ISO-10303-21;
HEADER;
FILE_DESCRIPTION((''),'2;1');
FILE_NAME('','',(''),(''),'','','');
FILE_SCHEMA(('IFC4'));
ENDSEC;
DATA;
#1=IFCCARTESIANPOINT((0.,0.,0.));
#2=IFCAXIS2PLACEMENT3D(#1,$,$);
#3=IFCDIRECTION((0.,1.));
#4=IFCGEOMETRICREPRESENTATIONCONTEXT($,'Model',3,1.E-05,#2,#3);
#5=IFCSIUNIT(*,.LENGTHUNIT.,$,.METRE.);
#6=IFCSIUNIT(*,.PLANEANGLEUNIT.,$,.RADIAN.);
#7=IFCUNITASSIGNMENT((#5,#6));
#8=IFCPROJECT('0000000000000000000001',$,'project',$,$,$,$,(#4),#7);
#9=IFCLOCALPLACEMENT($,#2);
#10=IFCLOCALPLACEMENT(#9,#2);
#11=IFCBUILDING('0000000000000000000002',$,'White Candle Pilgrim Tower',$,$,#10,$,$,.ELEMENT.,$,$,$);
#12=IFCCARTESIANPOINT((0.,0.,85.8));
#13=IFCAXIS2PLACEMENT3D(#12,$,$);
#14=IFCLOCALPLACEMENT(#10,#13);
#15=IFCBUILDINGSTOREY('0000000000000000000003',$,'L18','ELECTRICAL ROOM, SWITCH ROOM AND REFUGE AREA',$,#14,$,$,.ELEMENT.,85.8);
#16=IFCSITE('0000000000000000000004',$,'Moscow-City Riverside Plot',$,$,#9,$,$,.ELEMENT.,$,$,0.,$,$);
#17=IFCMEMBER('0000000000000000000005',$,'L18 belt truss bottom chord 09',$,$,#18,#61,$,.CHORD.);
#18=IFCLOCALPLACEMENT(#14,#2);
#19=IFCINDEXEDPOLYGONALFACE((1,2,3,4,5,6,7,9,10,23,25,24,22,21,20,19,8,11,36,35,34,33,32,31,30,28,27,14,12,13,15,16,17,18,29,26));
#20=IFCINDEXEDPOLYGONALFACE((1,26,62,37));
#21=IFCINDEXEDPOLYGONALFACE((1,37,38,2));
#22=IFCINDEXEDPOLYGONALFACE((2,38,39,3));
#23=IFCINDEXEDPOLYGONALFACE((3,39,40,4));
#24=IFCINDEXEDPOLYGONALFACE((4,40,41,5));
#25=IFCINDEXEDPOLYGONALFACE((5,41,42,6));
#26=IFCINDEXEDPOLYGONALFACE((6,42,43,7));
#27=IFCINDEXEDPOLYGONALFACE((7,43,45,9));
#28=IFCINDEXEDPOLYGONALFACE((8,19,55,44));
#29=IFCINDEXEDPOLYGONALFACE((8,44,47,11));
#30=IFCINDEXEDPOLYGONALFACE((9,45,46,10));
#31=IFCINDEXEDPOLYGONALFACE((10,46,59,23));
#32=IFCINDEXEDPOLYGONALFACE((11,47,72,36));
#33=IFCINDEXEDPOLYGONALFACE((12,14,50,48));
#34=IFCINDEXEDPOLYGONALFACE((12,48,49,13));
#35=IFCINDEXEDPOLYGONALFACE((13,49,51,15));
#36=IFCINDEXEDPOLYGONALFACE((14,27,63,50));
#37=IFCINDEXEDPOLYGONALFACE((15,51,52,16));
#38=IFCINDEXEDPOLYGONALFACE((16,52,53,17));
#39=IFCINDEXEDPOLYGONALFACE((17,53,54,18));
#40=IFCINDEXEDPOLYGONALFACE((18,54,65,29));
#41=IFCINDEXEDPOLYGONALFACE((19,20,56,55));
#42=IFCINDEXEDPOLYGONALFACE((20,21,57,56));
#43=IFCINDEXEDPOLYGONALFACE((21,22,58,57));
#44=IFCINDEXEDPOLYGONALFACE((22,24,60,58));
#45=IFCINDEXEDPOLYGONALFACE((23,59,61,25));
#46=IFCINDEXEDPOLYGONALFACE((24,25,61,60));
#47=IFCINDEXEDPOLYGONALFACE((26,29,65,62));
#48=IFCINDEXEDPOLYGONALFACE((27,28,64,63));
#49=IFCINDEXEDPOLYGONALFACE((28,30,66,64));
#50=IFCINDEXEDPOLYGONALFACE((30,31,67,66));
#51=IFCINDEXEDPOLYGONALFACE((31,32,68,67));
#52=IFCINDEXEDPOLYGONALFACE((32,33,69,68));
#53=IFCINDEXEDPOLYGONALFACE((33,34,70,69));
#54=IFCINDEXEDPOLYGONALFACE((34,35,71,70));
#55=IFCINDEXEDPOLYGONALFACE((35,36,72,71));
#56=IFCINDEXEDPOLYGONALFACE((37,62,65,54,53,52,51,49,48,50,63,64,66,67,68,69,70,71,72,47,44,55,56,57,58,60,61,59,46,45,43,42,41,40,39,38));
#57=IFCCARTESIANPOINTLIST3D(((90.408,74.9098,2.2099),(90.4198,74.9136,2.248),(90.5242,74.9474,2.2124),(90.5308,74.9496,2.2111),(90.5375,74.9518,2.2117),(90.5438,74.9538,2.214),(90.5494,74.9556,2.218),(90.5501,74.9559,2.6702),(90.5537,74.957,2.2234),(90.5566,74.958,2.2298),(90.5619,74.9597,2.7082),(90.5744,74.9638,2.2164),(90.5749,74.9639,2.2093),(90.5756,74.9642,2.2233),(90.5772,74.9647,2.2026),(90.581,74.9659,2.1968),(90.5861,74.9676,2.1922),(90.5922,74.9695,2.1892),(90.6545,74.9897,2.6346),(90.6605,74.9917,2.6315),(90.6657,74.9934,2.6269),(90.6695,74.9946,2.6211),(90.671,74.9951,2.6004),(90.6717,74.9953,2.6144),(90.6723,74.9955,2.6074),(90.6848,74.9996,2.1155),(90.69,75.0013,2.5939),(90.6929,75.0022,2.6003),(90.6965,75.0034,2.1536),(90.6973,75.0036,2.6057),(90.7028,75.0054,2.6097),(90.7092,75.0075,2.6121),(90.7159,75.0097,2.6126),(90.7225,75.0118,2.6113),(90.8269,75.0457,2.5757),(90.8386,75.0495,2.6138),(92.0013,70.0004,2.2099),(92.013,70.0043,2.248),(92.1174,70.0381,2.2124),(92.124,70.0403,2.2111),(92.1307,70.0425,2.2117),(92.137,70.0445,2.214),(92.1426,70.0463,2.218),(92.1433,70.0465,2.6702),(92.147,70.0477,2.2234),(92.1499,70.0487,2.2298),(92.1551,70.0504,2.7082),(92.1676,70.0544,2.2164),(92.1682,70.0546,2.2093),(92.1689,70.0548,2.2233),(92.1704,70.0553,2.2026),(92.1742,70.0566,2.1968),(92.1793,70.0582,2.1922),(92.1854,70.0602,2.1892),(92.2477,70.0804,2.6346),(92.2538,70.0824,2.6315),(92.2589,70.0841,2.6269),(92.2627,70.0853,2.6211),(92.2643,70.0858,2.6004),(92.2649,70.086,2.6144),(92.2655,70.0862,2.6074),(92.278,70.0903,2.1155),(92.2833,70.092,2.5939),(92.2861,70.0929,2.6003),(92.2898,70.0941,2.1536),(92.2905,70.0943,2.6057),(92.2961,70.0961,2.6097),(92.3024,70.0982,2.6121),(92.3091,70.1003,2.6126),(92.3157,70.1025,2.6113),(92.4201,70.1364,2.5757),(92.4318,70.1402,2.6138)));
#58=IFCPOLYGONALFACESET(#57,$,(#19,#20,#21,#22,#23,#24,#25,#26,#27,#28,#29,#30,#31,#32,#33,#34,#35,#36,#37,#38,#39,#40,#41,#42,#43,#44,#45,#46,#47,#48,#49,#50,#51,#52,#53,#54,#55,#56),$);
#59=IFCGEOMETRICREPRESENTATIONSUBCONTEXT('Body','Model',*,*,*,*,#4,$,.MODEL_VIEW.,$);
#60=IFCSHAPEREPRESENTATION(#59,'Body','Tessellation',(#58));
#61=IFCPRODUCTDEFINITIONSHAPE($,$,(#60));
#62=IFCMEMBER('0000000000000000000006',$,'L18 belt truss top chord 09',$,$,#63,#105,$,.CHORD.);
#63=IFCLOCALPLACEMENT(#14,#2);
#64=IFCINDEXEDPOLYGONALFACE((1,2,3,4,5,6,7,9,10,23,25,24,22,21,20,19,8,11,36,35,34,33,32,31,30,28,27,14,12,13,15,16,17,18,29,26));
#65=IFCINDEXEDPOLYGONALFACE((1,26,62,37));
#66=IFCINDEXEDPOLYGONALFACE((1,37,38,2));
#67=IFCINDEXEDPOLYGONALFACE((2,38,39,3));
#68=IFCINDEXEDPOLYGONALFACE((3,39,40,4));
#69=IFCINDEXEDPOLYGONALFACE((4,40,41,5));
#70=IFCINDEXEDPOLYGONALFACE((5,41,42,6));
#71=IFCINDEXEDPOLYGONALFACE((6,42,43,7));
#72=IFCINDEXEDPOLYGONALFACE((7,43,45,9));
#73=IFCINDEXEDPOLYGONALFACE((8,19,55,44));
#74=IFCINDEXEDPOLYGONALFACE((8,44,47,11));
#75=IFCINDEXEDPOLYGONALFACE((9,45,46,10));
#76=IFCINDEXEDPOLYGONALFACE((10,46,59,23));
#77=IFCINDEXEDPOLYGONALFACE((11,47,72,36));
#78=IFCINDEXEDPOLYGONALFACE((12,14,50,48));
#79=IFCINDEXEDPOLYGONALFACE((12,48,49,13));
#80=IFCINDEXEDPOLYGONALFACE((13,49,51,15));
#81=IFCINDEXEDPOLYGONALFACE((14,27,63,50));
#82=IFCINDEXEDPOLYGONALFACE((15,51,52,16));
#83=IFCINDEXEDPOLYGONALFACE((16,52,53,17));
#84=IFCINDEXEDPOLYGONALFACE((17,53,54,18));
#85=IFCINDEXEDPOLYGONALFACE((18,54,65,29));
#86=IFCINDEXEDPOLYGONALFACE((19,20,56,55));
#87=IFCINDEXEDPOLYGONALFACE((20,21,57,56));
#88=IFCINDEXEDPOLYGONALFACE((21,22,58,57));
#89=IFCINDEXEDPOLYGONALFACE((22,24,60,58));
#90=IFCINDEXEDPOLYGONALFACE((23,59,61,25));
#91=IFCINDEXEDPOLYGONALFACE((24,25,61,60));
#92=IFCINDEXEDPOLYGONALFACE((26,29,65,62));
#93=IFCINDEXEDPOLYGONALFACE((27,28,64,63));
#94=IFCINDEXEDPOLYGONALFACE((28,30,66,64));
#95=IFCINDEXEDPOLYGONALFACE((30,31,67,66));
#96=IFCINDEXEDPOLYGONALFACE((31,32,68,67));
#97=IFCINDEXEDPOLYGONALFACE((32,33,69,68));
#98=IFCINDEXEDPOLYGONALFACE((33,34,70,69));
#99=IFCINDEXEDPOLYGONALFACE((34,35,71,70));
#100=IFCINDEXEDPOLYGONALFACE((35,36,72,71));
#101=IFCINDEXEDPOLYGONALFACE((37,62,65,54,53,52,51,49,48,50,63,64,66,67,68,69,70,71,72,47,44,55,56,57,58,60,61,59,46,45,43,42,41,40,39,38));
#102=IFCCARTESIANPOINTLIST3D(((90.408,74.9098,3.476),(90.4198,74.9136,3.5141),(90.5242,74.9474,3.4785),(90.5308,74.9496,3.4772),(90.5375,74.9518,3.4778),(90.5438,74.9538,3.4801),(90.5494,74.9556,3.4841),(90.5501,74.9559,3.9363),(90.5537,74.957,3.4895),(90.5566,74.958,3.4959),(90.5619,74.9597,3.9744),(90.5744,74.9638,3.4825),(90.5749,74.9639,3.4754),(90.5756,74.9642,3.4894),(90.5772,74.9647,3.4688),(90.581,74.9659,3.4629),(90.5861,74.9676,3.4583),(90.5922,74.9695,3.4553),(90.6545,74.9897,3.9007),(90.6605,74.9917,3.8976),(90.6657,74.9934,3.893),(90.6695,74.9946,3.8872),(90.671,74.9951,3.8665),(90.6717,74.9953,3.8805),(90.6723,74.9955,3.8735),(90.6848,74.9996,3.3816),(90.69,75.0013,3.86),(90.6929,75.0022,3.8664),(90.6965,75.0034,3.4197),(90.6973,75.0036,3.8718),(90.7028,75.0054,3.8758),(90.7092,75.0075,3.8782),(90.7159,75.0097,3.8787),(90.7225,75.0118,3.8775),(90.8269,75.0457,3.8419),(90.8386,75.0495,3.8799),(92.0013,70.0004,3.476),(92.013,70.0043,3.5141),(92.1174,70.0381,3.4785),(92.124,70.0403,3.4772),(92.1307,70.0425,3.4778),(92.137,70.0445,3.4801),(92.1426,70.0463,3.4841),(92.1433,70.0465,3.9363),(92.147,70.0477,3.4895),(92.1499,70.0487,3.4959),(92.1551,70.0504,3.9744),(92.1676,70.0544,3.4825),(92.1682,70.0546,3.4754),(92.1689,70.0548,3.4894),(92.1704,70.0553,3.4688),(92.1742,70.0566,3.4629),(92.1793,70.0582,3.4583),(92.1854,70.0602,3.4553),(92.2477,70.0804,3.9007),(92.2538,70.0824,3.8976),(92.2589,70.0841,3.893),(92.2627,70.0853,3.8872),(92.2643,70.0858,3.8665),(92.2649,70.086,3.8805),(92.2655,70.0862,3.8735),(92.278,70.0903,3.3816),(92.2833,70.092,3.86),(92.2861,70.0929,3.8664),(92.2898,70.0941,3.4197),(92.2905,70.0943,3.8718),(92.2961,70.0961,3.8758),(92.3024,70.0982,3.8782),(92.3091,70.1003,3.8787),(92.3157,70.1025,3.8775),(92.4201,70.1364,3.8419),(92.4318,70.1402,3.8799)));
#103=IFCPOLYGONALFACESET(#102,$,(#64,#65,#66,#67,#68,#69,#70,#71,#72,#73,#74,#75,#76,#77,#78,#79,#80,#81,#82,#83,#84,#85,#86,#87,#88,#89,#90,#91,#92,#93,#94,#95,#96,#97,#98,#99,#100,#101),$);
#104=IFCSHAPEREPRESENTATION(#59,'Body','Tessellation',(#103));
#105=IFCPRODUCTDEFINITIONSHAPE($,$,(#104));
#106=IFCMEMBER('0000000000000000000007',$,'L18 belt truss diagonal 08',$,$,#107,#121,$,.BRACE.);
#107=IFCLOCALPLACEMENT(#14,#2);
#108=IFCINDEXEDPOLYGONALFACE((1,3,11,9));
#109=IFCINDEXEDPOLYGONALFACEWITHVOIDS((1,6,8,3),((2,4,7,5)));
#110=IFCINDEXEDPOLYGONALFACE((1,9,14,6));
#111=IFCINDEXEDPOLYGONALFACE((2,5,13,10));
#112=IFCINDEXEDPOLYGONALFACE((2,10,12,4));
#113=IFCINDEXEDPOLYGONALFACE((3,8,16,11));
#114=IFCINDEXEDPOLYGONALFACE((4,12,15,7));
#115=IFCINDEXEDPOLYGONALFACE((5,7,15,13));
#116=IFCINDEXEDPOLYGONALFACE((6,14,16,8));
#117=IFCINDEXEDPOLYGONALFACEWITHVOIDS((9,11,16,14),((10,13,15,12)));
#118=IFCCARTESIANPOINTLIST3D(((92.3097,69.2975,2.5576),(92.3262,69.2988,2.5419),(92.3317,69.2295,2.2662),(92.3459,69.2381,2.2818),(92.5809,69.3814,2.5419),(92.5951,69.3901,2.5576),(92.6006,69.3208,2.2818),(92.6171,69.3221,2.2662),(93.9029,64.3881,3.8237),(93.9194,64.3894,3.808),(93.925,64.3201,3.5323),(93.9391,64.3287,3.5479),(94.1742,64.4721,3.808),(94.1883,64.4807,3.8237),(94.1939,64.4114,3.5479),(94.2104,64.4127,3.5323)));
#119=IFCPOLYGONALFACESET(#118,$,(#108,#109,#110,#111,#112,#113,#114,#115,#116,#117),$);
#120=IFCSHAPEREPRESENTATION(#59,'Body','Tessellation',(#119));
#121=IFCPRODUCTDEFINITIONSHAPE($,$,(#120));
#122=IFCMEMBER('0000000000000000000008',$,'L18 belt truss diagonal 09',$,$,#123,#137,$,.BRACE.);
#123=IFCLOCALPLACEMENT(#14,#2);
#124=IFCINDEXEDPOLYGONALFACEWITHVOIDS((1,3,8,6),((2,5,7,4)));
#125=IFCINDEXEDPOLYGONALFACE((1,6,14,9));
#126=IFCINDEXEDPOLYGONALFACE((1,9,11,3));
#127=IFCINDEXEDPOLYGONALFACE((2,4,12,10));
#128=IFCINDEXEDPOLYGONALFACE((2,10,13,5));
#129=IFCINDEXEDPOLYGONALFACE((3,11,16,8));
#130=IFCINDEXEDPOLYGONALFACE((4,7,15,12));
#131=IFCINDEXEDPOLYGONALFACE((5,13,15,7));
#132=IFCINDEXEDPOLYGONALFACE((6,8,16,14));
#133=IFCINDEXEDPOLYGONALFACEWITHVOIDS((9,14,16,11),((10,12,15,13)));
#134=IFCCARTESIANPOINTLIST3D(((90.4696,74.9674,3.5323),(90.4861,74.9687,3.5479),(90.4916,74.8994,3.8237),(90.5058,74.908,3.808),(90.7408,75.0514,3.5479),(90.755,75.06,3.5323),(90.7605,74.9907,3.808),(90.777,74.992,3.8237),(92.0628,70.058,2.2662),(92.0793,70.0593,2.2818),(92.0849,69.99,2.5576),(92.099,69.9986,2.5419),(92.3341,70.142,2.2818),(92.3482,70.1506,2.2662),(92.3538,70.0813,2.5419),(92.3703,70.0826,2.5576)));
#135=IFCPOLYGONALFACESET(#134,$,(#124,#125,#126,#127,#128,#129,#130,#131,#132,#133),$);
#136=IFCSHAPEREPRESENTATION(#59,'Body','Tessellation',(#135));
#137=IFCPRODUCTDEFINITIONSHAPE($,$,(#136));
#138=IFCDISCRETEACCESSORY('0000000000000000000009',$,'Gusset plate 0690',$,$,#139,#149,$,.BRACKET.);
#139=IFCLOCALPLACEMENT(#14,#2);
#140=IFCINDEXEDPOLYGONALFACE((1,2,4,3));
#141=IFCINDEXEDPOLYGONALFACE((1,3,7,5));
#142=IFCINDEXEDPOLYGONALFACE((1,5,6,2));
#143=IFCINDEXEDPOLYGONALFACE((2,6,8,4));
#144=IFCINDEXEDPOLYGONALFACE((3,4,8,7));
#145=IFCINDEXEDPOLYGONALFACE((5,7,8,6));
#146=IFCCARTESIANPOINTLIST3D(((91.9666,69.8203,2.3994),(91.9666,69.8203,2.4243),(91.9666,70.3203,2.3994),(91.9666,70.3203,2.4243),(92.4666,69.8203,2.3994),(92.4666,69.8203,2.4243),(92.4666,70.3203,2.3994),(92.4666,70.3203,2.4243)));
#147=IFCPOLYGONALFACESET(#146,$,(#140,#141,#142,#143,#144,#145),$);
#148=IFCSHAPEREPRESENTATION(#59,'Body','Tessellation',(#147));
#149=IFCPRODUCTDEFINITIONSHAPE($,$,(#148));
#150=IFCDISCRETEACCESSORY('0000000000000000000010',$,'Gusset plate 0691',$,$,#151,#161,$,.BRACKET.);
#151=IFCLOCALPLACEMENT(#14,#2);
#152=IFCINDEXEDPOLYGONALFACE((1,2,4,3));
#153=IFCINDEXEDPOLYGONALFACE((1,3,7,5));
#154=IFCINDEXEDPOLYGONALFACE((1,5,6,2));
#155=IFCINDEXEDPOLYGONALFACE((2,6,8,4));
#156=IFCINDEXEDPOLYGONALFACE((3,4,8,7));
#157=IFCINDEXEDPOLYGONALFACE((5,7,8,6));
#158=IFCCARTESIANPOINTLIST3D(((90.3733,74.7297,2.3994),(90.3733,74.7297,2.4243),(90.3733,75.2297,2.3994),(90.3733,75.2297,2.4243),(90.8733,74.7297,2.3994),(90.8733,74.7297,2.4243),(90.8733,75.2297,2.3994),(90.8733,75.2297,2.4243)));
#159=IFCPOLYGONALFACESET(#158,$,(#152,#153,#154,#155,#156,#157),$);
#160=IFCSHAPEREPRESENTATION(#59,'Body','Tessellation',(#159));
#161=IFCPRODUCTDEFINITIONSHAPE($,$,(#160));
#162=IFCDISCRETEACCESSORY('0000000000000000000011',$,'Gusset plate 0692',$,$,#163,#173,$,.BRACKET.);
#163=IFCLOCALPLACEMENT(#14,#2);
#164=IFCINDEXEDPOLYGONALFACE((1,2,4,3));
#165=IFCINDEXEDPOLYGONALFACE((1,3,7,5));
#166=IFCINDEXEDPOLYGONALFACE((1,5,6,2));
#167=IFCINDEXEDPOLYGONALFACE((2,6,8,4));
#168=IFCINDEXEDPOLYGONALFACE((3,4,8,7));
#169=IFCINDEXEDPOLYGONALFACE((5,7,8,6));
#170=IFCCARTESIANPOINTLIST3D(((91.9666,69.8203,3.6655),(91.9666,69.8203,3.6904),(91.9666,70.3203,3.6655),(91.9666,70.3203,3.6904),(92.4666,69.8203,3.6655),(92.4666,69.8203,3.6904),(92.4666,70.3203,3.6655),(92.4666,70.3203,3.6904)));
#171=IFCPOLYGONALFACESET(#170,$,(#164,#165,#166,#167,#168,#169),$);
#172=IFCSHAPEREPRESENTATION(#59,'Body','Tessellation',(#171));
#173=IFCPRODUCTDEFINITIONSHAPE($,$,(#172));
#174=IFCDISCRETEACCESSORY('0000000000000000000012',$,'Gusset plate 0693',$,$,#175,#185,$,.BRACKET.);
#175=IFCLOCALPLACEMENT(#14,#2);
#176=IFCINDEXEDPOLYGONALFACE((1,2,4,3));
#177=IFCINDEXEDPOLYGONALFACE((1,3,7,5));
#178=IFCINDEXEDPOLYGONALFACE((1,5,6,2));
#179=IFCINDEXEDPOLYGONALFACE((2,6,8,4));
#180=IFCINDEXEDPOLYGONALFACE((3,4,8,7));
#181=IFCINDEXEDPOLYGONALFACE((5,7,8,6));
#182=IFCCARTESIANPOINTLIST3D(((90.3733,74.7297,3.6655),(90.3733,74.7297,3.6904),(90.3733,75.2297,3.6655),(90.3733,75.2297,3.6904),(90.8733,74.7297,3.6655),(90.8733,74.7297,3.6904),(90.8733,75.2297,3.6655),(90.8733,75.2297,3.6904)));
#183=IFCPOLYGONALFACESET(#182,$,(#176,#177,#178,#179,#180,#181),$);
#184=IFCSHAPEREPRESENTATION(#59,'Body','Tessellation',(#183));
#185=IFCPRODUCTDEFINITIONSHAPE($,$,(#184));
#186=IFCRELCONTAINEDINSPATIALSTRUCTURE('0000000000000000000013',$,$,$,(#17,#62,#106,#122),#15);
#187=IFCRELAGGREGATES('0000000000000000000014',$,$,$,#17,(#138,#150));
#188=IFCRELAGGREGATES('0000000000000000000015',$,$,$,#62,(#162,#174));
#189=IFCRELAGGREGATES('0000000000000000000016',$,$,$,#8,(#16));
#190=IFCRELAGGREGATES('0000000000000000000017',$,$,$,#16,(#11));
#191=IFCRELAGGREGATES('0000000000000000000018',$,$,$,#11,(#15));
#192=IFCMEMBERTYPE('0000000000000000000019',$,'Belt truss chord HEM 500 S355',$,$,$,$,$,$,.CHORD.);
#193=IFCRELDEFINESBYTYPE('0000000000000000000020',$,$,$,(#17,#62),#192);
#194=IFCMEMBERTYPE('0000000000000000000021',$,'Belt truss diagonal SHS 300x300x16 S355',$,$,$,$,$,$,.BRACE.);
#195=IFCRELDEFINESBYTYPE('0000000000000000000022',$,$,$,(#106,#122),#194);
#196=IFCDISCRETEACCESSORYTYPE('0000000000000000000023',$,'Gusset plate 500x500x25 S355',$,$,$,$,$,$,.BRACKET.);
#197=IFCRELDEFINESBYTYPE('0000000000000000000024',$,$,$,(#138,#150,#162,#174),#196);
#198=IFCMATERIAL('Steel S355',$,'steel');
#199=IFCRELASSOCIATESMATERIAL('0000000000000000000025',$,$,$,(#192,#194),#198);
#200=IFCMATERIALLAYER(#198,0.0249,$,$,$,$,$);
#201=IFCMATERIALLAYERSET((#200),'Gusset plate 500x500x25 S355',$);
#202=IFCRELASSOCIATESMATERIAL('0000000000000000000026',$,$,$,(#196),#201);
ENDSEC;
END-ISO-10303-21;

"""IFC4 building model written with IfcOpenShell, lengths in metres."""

from ifc_helpers import new_model, si_unit, direction, frame, origin, origin_2d, place, context, subcontext, project, spatial, rectangle, hollow_rectangle, i_section, extrude, material, layer, layer_set, material_profile, profile_set, type_object, element, aggregate, save


model = new_model("IFC4")

# Units and contexts
model_context = context("Model", 3, precision=1e-05, world=origin(), true_north=direction((0.0, 1.0)))
body_context = subcontext(model_context, "Body", "Model", "MODEL_VIEW")
ifc_project = project(units=[si_unit("LENGTHUNIT", "METRE"), si_unit("PLANEANGLEUNIT", "RADIAN")], contexts=[model_context])

# Site, building, storey
site_placement = place(None, origin())
site = spatial("IfcSite", under=ifc_project, at=site_placement, Name="Moscow-City Riverside Plot", CompositionType="ELEMENT", RefElevation=0.0)
building_placement = place(site_placement, origin())
building = spatial("IfcBuilding", under=site, at=building_placement, Name="White Candle Pilgrim Tower", CompositionType="ELEMENT")
storey_placement = place(building_placement, frame((0.0, 0.0, 85.8)))
storey = spatial("IfcBuildingStorey", under=building, at=storey_placement, Name="L18", Description="ELECTRICAL ROOM, SWITCH ROOM AND REFUGE AREA", CompositionType="ELEMENT", Elevation=85.8)

# Members
ifc_material_1 = material(Name="Steel S355", Category="steel")
ifc_material_profile_1 = material_profile(ifc_material_1, i_section(OverallWidth=0.3059, OverallDepth=0.5239, WebThickness=0.021, FlangeThickness=0.04, FilletRadius=0.0271, at=origin_2d()), Name="HEM 500")
ifc_profile_set_1 = profile_set([ifc_material_profile_1], Name="Steel S355")
member_type_1 = type_object("IfcMemberType", Name="Belt truss chord HEM 500 S355", PredefinedType="CHORD", material=ifc_profile_set_1)
member_1_placement = place(storey_placement, frame((92.2166, 70.0703, 2.4119), z_axis=(-0.308683, 0.951165, 0.0), x_axis=(0.904718, 0.293609, -0.308673)))
member_1 = element("IfcMember", 1, at=member_1_placement, inside=storey, type_object=member_type_1, Name="L18 belt truss bottom chord 09", PredefinedType="CHORD", context=body_context, shape_type="SweptSolid", body=[
    extrude(i_section(OverallWidth=0.3059, OverallDepth=0.5239, WebThickness=0.021, FlangeThickness=0.04, FilletRadius=0.0271, at=origin_2d()), origin(), (0.0, 0.0, 1.0), 5.1614),
])
member_2_placement = place(storey_placement, frame((92.2166, 70.0703, 3.678), z_axis=(-0.308683, 0.951165, 0.0), x_axis=(0.904718, 0.293609, -0.308673)))
member_2 = element("IfcMember", 2, at=member_2_placement, inside=storey, type_object=member_type_1, Name="L18 belt truss top chord 09", PredefinedType="CHORD", context=body_context, shape_type="SweptSolid", body=[
    extrude(i_section(OverallWidth=0.3059, OverallDepth=0.5239, WebThickness=0.021, FlangeThickness=0.04, FilletRadius=0.0271, at=origin_2d()), origin(), (0.0, 0.0, 1.0), 5.1614),
])

# Members
ifc_material_profile_2 = material_profile(ifc_material_1, hollow_rectangle(XDim=0.3, YDim=0.3, WallThickness=0.0161, at=origin_2d()), Name="SHS 300x300x16")
ifc_profile_set_2 = profile_set([ifc_material_profile_2], Name="Steel S355")
member_type_2 = type_object("IfcMemberType", Name="Belt truss diagonal SHS 300x300x16 S355", PredefinedType="BRACE", material=ifc_profile_set_2)
for number, where, z_axis, x_axis, name in (
    (3, (94.0566, 64.4004, 3.678), (-0.299795, 0.923778, -0.238237), (-0.951165, -0.308683, 0.0), "L18 belt truss diagonal 08"),
    (4, (92.2166, 70.0703, 2.4119), (-0.299795, 0.923778, 0.238237), (-0.951165, -0.308683, 0.0), "L18 belt truss diagonal 09"),
):
    element("IfcMember", number, at=place(storey_placement, frame(where, z_axis=z_axis, x_axis=x_axis)), inside=storey, type_object=member_type_2, Name=name, PredefinedType="BRACE", context=body_context, shape_type="SweptSolid", body=[
        extrude(hollow_rectangle(XDim=0.3, YDim=0.3, WallThickness=0.0161, at=origin_2d()), origin(), (0.0, 0.0, 1.0), 5.3145),
    ])

# Discrete accessories
ifc_layer_1 = layer(ifc_material_1, 0.0249)
ifc_layer_set_1 = layer_set([ifc_layer_1], Name="Gusset plate 500x500x25 S355")
discrete_accessory_type = type_object("IfcDiscreteAccessoryType", Name="Gusset plate 500x500x25 S355", PredefinedType="BRACKET", material=ifc_layer_set_1)
discrete_accessory_1_placement = place(storey_placement, frame((92.2166, 70.0703, 2.3994), z_axis=(0.0, 0.0, 1.0), x_axis=(1.0, 0.0, 0.0)))
discrete_accessory_1 = element("IfcDiscreteAccessory", 5, at=discrete_accessory_1_placement, type_object=discrete_accessory_type, Name="Gusset plate 0690", PredefinedType="BRACKET", context=body_context, shape_type="SweptSolid", body=[
    extrude(rectangle(XDim=0.5, YDim=0.5, at=origin_2d()), origin(), (0.0, 0.0, 1.0), 0.0249),
])
discrete_accessory_2_placement = place(storey_placement, frame((90.6233, 74.9797, 2.3994), z_axis=(0.0, 0.0, 1.0), x_axis=(1.0, 0.0, 0.0)))
discrete_accessory_2 = element("IfcDiscreteAccessory", 6, at=discrete_accessory_2_placement, type_object=discrete_accessory_type, Name="Gusset plate 0691", PredefinedType="BRACKET", context=body_context, shape_type="SweptSolid", body=[
    extrude(rectangle(XDim=0.5, YDim=0.5, at=origin_2d()), origin(), (0.0, 0.0, 1.0), 0.0249),
])
aggregate(member_1, [discrete_accessory_1, discrete_accessory_2])
discrete_accessory_3_placement = place(storey_placement, frame((92.2166, 70.0703, 3.6655), z_axis=(0.0, 0.0, 1.0), x_axis=(1.0, 0.0, 0.0)))
discrete_accessory_3 = element("IfcDiscreteAccessory", 7, at=discrete_accessory_3_placement, type_object=discrete_accessory_type, Name="Gusset plate 0692", PredefinedType="BRACKET", context=body_context, shape_type="SweptSolid", body=[
    extrude(rectangle(XDim=0.5, YDim=0.5, at=origin_2d()), origin(), (0.0, 0.0, 1.0), 0.0249),
])
discrete_accessory_4_placement = place(storey_placement, frame((90.6233, 74.9797, 3.6655), z_axis=(0.0, 0.0, 1.0), x_axis=(1.0, 0.0, 0.0)))
discrete_accessory_4 = element("IfcDiscreteAccessory", 8, at=discrete_accessory_4_placement, type_object=discrete_accessory_type, Name="Gusset plate 0693", PredefinedType="BRACKET", context=body_context, shape_type="SweptSolid", body=[
    extrude(rectangle(XDim=0.5, YDim=0.5, at=origin_2d()), origin(), (0.0, 0.0, 1.0), 0.0249),
])
aggregate(member_2, [discrete_accessory_3, discrete_accessory_4])

save(model, "model.ifc")
